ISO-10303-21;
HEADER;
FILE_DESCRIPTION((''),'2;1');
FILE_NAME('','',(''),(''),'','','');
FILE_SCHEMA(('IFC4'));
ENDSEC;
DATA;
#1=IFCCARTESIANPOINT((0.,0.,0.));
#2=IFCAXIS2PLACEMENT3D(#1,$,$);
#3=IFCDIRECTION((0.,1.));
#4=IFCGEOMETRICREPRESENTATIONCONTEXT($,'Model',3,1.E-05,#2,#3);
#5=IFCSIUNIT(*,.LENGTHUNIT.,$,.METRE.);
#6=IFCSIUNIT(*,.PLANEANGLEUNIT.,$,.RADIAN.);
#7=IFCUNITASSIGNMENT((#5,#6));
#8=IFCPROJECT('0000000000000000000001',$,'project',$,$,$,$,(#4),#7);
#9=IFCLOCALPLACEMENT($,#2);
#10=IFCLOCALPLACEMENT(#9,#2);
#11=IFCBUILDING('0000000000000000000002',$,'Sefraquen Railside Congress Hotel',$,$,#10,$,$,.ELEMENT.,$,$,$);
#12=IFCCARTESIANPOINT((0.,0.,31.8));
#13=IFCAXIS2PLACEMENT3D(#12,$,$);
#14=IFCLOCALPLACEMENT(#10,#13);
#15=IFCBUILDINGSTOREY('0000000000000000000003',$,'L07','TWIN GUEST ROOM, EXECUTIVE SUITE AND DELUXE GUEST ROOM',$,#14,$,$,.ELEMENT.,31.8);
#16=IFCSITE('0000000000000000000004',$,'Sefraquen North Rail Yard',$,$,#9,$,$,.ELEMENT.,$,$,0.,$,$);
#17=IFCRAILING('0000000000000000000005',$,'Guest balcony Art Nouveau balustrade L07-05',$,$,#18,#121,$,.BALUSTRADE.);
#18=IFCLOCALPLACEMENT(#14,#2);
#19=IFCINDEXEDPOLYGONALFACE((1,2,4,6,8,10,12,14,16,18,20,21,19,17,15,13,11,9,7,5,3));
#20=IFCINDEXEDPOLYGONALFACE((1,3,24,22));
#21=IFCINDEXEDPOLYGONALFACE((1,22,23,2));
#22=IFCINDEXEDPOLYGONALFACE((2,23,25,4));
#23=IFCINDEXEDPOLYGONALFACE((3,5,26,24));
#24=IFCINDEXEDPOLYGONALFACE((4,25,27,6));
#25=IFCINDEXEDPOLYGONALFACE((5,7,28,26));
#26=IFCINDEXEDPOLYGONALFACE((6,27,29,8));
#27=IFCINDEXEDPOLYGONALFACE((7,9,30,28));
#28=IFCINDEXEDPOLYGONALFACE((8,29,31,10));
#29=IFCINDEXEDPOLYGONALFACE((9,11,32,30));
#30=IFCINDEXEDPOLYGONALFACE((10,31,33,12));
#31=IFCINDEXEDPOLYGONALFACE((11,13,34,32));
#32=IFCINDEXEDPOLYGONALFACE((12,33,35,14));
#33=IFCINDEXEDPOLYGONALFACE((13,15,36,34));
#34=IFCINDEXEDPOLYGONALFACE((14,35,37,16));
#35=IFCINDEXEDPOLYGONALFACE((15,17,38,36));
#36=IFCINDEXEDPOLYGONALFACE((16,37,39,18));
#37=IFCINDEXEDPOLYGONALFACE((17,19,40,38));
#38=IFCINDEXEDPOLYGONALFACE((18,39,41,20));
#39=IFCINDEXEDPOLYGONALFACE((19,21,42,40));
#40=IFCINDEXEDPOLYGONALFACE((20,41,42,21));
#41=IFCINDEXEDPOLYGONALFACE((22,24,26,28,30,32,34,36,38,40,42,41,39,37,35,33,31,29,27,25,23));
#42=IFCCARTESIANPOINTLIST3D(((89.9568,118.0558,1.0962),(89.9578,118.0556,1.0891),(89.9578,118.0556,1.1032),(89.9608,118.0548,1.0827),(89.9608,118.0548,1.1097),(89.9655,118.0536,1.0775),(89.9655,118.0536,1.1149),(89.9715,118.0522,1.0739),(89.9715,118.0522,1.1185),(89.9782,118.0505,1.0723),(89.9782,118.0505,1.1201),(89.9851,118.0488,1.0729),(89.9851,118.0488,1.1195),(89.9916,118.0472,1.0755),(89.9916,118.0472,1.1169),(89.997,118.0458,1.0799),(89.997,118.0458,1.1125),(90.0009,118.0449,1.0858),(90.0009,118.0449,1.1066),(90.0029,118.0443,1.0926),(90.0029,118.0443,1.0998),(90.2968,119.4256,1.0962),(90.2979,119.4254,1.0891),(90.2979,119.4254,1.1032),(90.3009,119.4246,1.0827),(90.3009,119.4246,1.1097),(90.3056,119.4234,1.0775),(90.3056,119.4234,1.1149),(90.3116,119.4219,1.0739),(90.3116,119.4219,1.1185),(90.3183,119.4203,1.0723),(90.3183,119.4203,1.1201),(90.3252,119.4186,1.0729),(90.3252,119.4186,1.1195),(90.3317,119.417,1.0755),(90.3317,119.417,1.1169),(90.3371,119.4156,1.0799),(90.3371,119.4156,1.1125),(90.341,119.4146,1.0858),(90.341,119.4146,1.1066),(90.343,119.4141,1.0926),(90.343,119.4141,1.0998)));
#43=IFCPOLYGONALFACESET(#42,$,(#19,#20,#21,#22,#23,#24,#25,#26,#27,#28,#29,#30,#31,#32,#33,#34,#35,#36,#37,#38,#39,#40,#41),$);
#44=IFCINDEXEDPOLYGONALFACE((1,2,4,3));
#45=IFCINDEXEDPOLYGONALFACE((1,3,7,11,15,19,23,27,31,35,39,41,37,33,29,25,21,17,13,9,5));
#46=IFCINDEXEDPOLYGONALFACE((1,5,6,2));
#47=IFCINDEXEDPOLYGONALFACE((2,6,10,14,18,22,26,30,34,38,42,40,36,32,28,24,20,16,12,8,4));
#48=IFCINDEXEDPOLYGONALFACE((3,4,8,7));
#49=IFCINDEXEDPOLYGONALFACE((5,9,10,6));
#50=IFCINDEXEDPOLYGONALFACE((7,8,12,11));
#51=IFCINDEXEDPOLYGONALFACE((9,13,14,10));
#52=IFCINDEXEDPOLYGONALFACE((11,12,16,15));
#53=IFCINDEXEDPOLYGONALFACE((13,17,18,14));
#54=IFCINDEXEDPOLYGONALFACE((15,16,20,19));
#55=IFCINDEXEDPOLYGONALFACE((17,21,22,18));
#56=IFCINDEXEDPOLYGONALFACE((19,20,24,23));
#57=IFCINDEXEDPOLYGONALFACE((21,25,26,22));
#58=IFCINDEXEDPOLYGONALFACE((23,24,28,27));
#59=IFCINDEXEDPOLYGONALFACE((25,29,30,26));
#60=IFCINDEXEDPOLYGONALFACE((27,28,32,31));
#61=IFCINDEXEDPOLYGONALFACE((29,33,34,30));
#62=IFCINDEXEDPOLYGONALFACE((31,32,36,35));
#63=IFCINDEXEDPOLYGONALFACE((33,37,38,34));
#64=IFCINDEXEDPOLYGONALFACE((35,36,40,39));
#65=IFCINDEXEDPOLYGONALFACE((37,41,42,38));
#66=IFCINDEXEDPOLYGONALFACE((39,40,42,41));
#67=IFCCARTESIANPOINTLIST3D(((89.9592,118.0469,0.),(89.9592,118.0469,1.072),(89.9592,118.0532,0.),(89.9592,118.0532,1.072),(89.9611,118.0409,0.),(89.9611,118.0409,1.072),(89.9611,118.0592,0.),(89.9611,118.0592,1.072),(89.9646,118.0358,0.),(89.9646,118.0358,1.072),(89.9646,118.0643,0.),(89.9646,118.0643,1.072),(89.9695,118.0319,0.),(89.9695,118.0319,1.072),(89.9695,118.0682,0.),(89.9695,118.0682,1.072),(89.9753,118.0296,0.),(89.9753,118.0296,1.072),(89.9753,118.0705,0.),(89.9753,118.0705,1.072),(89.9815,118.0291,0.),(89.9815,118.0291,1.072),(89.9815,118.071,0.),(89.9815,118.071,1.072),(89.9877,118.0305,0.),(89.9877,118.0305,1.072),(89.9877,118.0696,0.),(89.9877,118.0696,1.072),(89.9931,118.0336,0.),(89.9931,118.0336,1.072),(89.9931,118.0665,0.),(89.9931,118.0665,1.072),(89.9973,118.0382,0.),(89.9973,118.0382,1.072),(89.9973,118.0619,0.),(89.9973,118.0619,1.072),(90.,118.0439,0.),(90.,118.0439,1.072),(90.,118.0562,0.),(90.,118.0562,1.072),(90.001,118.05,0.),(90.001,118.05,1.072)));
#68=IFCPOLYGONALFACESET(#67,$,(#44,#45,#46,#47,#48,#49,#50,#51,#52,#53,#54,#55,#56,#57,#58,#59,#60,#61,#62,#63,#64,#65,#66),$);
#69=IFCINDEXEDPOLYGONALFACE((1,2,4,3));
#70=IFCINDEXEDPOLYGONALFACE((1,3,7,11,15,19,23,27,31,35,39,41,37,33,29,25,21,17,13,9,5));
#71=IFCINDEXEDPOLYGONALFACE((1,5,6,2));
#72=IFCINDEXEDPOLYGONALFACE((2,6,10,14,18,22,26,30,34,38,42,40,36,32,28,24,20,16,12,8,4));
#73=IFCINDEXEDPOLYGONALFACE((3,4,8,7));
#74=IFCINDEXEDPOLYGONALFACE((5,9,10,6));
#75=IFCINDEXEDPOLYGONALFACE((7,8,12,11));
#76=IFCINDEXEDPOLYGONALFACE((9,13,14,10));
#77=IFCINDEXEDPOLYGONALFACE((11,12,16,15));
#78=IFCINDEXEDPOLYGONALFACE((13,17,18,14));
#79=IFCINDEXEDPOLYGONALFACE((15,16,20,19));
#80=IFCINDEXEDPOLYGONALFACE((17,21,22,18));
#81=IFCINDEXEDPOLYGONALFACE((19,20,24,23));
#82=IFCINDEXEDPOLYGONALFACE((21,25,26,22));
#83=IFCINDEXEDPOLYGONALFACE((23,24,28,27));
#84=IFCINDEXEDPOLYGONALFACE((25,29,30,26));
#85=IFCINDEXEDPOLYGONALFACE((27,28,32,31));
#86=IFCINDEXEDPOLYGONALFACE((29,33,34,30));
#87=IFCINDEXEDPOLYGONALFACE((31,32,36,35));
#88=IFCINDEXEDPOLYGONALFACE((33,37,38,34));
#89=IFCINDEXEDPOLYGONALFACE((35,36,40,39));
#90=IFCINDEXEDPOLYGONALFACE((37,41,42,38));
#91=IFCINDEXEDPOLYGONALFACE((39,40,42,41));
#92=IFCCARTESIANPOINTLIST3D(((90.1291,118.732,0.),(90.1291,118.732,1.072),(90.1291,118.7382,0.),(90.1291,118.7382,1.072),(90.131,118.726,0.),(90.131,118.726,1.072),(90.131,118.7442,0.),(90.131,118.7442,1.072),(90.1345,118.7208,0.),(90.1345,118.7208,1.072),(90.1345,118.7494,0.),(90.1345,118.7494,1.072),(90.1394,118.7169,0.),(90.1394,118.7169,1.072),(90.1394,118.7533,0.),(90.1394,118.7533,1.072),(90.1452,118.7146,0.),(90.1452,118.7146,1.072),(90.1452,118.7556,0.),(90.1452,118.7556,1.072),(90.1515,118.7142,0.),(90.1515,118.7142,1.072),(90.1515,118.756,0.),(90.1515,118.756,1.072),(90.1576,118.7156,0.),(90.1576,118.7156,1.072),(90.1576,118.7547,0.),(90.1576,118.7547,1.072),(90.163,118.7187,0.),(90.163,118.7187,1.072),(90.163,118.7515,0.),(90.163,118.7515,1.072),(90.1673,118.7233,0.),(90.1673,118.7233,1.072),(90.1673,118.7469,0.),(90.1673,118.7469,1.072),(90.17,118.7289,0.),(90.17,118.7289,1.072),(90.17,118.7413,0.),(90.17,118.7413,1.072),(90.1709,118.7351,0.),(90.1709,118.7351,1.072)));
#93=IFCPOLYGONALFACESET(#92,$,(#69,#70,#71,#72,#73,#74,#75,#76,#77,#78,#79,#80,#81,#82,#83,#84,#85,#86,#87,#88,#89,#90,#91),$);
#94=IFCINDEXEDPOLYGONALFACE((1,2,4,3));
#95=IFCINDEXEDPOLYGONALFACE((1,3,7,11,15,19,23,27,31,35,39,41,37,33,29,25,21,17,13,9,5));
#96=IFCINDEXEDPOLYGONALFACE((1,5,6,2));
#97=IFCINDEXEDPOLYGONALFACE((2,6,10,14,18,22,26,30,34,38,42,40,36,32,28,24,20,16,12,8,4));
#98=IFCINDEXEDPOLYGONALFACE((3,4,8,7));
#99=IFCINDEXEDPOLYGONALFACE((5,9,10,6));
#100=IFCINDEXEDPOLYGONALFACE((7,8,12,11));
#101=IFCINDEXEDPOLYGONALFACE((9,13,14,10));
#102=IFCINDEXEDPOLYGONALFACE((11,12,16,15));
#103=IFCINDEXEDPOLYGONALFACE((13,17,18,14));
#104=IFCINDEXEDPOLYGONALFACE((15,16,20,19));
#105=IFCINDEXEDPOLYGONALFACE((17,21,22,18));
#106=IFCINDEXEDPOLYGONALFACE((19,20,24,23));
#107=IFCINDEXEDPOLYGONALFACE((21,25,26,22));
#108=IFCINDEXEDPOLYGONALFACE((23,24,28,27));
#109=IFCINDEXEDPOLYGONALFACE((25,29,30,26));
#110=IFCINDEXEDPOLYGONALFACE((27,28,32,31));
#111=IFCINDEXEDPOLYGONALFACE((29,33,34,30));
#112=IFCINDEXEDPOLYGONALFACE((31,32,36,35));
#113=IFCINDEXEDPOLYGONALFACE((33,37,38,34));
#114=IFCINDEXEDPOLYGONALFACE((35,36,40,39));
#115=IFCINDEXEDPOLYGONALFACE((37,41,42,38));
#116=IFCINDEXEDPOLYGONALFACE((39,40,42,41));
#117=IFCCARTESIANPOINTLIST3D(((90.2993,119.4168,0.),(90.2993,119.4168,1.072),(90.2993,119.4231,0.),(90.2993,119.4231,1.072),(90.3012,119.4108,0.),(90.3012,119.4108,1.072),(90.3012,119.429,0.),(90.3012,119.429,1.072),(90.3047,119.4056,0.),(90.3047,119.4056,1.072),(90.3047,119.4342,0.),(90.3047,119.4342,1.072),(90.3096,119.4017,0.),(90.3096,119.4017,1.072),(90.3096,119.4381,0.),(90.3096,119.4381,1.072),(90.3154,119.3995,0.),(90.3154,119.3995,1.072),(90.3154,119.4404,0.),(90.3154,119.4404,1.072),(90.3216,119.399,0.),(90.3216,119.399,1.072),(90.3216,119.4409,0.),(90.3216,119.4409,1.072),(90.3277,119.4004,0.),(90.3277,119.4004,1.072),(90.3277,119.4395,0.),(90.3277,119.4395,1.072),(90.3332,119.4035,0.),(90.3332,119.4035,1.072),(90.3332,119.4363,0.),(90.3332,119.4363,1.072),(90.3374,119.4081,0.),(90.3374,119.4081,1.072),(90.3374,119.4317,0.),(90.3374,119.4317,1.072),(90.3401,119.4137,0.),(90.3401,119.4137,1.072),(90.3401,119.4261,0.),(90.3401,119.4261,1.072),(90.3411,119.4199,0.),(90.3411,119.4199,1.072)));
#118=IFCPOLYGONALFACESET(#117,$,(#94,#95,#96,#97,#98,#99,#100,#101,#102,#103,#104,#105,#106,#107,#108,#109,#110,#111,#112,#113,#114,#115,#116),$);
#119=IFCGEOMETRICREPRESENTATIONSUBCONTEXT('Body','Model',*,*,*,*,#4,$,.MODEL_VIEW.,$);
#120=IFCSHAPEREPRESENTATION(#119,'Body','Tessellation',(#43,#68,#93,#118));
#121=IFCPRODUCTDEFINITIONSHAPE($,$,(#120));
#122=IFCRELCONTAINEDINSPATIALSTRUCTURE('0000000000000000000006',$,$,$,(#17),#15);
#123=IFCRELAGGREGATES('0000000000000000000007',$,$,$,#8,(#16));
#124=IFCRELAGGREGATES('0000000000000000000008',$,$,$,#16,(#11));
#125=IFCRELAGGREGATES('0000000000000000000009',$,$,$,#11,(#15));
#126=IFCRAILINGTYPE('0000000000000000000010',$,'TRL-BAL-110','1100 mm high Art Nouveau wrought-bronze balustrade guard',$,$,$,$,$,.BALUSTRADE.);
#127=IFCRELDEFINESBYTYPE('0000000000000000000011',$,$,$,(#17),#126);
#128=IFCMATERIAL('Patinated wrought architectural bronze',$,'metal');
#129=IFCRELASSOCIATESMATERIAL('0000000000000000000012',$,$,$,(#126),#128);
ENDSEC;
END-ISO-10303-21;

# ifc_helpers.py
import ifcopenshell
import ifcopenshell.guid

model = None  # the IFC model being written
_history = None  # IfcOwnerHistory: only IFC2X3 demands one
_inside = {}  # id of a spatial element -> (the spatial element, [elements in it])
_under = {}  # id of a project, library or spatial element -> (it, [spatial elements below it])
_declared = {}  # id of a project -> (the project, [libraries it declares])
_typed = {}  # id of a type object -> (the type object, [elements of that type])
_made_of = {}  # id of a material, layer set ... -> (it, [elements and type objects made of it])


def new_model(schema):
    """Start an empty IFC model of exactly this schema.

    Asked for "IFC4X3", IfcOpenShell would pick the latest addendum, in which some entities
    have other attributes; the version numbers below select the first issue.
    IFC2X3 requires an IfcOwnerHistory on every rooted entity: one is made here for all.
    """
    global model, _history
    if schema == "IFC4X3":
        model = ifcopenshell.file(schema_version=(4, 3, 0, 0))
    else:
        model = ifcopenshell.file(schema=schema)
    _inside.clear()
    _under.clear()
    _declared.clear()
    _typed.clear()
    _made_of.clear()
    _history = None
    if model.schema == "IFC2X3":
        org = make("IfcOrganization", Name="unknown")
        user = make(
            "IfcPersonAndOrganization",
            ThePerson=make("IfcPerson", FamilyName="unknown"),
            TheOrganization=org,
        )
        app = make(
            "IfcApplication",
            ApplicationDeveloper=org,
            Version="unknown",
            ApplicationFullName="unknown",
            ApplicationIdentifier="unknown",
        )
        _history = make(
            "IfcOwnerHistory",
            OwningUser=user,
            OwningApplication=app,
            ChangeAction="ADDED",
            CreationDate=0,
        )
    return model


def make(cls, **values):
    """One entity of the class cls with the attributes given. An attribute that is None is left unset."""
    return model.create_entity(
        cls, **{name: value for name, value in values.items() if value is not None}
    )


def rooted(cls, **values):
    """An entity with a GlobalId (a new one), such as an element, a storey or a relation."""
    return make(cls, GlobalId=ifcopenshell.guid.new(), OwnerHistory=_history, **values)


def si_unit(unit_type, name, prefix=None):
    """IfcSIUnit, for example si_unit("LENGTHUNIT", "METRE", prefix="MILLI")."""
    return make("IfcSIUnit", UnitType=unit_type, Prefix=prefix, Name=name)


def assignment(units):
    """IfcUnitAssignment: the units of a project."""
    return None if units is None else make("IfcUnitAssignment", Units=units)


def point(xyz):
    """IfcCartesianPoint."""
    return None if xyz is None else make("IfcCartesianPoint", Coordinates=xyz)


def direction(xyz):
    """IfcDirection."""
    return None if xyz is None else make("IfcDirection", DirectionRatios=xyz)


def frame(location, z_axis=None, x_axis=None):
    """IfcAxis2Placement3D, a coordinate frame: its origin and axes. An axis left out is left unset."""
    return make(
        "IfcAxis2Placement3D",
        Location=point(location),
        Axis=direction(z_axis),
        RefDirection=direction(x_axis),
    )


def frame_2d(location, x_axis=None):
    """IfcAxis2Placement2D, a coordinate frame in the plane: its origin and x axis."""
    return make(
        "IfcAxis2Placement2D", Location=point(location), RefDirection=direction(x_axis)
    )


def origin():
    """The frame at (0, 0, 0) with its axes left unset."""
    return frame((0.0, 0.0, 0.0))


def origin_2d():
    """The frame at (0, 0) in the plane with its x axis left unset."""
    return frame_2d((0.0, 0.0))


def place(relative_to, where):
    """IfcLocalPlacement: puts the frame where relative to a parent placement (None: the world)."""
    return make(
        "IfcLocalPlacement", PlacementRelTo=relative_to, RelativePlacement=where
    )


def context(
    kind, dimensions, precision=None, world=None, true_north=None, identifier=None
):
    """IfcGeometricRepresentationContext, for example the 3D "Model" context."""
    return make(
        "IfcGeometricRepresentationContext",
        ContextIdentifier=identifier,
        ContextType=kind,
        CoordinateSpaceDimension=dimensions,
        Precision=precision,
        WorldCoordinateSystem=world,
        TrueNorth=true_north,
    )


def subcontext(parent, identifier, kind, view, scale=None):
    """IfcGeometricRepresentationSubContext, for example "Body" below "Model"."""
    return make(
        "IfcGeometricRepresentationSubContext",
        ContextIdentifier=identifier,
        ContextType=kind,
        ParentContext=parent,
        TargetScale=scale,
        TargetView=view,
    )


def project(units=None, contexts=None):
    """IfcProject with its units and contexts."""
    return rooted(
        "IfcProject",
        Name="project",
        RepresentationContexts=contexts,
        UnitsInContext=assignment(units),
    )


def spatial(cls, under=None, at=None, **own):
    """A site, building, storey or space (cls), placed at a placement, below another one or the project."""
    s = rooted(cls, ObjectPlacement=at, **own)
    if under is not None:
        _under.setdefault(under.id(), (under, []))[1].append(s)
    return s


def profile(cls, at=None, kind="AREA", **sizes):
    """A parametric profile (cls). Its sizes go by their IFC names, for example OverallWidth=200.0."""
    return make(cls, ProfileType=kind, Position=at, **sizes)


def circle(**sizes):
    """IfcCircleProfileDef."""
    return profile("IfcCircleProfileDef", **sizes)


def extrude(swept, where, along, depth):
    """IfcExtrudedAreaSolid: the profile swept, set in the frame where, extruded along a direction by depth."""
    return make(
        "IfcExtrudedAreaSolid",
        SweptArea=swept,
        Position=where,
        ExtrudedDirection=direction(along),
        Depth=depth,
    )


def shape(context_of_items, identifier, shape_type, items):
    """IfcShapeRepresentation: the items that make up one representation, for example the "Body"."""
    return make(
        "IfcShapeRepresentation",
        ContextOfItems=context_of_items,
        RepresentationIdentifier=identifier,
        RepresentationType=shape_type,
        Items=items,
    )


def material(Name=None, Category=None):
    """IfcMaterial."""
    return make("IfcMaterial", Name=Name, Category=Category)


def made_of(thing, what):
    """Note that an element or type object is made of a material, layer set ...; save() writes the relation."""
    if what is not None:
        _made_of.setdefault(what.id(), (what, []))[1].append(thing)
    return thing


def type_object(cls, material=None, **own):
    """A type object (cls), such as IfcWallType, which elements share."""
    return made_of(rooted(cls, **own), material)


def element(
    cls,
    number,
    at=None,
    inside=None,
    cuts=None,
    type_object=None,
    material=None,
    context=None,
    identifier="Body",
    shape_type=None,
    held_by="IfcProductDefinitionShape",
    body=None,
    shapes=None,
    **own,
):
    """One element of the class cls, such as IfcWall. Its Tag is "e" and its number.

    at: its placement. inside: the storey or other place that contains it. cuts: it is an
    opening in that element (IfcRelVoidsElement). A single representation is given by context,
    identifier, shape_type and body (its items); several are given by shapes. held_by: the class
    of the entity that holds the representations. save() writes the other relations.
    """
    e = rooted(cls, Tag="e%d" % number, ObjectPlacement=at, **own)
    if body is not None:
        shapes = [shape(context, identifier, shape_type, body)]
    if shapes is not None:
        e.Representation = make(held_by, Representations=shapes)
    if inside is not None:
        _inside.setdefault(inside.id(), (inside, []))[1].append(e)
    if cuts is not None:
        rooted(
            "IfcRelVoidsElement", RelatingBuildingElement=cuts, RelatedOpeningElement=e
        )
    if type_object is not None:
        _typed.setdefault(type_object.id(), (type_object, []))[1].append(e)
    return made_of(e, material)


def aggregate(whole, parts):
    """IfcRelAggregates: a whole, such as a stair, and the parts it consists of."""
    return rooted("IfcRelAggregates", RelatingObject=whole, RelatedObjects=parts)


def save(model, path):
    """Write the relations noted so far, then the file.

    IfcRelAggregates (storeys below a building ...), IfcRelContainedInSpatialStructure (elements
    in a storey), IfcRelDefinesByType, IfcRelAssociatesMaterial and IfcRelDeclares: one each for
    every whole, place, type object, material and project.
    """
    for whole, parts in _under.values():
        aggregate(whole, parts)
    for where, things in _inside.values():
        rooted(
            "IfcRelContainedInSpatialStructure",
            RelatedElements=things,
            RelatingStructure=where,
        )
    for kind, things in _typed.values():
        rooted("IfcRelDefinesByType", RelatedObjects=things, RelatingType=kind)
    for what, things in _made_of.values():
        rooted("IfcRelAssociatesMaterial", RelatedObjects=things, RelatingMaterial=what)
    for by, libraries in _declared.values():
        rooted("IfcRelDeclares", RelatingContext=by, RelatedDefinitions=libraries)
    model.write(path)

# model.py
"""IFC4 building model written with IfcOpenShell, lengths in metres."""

from ifc_helpers import new_model, si_unit, direction, frame, origin, origin_2d, place, context, subcontext, project, spatial, circle, extrude, material, type_object, element, save


model = new_model("IFC4")

# Units and contexts
model_context = context("Model", 3, precision=1e-05, world=origin(), true_north=direction((0.0, 1.0)))
body_context = subcontext(model_context, "Body", "Model", "MODEL_VIEW")
ifc_project = project(units=[si_unit("LENGTHUNIT", "METRE"), si_unit("PLANEANGLEUNIT", "RADIAN")], contexts=[model_context])

# Site, building, storey
site_placement = place(None, origin())
site = spatial("IfcSite", under=ifc_project, at=site_placement, Name="Sefraquen North Rail Yard", CompositionType="ELEMENT", RefElevation=0.0)
building_placement = place(site_placement, origin())
building = spatial("IfcBuilding", under=site, at=building_placement, Name="Sefraquen Railside Congress Hotel", CompositionType="ELEMENT")
storey_placement = place(building_placement, frame((0.0, 0.0, 31.8)))
storey = spatial("IfcBuildingStorey", under=building, at=storey_placement, Name="L07", Description="TWIN GUEST ROOM, EXECUTIVE SUITE AND DELUXE GUEST ROOM", CompositionType="ELEMENT", Elevation=31.8)

# Railing
ifc_material_1 = material(Name="Patinated wrought architectural bronze", Category="metal")
railing_type = type_object("IfcRailingType", Name="TRL-BAL-110", Description="1100 mm high Art Nouveau wrought-bronze balustrade guard", PredefinedType="BALUSTRADE", material=ifc_material_1)
railing_1_placement = place(storey_placement, frame((89.98, 118.05, 0.0)))
element("IfcRailing", 1, at=railing_1_placement, inside=storey, type_object=railing_type, Name="Guest balcony Art Nouveau balustrade L07-05", PredefinedType="BALUSTRADE", context=body_context, shape_type="SweptSolid", body=[
    extrude(circle(Radius=0.0239, at=origin_2d()), frame((0.0, 0.0, 1.0962), z_axis=(0.240948, 0.970538, 0.0), x_axis=(-0.970538, 0.240948, 0.0)), (0.0, 0.0, 1.0), 1.4114),
    extrude(circle(Radius=0.021, at=origin_2d()), origin(), (0.0, 0.0, 1.0), 1.072),
    extrude(circle(Radius=0.021, at=origin_2d()), frame((0.1699, 0.6851, 0.0)), (0.0, 0.0, 1.0), 1.072),
    extrude(circle(Radius=0.021, at=origin_2d()), frame((0.3401, 1.3699, 0.0)), (0.0, 0.0, 1.0), 1.072),
])

save(model, "model.ifc")
